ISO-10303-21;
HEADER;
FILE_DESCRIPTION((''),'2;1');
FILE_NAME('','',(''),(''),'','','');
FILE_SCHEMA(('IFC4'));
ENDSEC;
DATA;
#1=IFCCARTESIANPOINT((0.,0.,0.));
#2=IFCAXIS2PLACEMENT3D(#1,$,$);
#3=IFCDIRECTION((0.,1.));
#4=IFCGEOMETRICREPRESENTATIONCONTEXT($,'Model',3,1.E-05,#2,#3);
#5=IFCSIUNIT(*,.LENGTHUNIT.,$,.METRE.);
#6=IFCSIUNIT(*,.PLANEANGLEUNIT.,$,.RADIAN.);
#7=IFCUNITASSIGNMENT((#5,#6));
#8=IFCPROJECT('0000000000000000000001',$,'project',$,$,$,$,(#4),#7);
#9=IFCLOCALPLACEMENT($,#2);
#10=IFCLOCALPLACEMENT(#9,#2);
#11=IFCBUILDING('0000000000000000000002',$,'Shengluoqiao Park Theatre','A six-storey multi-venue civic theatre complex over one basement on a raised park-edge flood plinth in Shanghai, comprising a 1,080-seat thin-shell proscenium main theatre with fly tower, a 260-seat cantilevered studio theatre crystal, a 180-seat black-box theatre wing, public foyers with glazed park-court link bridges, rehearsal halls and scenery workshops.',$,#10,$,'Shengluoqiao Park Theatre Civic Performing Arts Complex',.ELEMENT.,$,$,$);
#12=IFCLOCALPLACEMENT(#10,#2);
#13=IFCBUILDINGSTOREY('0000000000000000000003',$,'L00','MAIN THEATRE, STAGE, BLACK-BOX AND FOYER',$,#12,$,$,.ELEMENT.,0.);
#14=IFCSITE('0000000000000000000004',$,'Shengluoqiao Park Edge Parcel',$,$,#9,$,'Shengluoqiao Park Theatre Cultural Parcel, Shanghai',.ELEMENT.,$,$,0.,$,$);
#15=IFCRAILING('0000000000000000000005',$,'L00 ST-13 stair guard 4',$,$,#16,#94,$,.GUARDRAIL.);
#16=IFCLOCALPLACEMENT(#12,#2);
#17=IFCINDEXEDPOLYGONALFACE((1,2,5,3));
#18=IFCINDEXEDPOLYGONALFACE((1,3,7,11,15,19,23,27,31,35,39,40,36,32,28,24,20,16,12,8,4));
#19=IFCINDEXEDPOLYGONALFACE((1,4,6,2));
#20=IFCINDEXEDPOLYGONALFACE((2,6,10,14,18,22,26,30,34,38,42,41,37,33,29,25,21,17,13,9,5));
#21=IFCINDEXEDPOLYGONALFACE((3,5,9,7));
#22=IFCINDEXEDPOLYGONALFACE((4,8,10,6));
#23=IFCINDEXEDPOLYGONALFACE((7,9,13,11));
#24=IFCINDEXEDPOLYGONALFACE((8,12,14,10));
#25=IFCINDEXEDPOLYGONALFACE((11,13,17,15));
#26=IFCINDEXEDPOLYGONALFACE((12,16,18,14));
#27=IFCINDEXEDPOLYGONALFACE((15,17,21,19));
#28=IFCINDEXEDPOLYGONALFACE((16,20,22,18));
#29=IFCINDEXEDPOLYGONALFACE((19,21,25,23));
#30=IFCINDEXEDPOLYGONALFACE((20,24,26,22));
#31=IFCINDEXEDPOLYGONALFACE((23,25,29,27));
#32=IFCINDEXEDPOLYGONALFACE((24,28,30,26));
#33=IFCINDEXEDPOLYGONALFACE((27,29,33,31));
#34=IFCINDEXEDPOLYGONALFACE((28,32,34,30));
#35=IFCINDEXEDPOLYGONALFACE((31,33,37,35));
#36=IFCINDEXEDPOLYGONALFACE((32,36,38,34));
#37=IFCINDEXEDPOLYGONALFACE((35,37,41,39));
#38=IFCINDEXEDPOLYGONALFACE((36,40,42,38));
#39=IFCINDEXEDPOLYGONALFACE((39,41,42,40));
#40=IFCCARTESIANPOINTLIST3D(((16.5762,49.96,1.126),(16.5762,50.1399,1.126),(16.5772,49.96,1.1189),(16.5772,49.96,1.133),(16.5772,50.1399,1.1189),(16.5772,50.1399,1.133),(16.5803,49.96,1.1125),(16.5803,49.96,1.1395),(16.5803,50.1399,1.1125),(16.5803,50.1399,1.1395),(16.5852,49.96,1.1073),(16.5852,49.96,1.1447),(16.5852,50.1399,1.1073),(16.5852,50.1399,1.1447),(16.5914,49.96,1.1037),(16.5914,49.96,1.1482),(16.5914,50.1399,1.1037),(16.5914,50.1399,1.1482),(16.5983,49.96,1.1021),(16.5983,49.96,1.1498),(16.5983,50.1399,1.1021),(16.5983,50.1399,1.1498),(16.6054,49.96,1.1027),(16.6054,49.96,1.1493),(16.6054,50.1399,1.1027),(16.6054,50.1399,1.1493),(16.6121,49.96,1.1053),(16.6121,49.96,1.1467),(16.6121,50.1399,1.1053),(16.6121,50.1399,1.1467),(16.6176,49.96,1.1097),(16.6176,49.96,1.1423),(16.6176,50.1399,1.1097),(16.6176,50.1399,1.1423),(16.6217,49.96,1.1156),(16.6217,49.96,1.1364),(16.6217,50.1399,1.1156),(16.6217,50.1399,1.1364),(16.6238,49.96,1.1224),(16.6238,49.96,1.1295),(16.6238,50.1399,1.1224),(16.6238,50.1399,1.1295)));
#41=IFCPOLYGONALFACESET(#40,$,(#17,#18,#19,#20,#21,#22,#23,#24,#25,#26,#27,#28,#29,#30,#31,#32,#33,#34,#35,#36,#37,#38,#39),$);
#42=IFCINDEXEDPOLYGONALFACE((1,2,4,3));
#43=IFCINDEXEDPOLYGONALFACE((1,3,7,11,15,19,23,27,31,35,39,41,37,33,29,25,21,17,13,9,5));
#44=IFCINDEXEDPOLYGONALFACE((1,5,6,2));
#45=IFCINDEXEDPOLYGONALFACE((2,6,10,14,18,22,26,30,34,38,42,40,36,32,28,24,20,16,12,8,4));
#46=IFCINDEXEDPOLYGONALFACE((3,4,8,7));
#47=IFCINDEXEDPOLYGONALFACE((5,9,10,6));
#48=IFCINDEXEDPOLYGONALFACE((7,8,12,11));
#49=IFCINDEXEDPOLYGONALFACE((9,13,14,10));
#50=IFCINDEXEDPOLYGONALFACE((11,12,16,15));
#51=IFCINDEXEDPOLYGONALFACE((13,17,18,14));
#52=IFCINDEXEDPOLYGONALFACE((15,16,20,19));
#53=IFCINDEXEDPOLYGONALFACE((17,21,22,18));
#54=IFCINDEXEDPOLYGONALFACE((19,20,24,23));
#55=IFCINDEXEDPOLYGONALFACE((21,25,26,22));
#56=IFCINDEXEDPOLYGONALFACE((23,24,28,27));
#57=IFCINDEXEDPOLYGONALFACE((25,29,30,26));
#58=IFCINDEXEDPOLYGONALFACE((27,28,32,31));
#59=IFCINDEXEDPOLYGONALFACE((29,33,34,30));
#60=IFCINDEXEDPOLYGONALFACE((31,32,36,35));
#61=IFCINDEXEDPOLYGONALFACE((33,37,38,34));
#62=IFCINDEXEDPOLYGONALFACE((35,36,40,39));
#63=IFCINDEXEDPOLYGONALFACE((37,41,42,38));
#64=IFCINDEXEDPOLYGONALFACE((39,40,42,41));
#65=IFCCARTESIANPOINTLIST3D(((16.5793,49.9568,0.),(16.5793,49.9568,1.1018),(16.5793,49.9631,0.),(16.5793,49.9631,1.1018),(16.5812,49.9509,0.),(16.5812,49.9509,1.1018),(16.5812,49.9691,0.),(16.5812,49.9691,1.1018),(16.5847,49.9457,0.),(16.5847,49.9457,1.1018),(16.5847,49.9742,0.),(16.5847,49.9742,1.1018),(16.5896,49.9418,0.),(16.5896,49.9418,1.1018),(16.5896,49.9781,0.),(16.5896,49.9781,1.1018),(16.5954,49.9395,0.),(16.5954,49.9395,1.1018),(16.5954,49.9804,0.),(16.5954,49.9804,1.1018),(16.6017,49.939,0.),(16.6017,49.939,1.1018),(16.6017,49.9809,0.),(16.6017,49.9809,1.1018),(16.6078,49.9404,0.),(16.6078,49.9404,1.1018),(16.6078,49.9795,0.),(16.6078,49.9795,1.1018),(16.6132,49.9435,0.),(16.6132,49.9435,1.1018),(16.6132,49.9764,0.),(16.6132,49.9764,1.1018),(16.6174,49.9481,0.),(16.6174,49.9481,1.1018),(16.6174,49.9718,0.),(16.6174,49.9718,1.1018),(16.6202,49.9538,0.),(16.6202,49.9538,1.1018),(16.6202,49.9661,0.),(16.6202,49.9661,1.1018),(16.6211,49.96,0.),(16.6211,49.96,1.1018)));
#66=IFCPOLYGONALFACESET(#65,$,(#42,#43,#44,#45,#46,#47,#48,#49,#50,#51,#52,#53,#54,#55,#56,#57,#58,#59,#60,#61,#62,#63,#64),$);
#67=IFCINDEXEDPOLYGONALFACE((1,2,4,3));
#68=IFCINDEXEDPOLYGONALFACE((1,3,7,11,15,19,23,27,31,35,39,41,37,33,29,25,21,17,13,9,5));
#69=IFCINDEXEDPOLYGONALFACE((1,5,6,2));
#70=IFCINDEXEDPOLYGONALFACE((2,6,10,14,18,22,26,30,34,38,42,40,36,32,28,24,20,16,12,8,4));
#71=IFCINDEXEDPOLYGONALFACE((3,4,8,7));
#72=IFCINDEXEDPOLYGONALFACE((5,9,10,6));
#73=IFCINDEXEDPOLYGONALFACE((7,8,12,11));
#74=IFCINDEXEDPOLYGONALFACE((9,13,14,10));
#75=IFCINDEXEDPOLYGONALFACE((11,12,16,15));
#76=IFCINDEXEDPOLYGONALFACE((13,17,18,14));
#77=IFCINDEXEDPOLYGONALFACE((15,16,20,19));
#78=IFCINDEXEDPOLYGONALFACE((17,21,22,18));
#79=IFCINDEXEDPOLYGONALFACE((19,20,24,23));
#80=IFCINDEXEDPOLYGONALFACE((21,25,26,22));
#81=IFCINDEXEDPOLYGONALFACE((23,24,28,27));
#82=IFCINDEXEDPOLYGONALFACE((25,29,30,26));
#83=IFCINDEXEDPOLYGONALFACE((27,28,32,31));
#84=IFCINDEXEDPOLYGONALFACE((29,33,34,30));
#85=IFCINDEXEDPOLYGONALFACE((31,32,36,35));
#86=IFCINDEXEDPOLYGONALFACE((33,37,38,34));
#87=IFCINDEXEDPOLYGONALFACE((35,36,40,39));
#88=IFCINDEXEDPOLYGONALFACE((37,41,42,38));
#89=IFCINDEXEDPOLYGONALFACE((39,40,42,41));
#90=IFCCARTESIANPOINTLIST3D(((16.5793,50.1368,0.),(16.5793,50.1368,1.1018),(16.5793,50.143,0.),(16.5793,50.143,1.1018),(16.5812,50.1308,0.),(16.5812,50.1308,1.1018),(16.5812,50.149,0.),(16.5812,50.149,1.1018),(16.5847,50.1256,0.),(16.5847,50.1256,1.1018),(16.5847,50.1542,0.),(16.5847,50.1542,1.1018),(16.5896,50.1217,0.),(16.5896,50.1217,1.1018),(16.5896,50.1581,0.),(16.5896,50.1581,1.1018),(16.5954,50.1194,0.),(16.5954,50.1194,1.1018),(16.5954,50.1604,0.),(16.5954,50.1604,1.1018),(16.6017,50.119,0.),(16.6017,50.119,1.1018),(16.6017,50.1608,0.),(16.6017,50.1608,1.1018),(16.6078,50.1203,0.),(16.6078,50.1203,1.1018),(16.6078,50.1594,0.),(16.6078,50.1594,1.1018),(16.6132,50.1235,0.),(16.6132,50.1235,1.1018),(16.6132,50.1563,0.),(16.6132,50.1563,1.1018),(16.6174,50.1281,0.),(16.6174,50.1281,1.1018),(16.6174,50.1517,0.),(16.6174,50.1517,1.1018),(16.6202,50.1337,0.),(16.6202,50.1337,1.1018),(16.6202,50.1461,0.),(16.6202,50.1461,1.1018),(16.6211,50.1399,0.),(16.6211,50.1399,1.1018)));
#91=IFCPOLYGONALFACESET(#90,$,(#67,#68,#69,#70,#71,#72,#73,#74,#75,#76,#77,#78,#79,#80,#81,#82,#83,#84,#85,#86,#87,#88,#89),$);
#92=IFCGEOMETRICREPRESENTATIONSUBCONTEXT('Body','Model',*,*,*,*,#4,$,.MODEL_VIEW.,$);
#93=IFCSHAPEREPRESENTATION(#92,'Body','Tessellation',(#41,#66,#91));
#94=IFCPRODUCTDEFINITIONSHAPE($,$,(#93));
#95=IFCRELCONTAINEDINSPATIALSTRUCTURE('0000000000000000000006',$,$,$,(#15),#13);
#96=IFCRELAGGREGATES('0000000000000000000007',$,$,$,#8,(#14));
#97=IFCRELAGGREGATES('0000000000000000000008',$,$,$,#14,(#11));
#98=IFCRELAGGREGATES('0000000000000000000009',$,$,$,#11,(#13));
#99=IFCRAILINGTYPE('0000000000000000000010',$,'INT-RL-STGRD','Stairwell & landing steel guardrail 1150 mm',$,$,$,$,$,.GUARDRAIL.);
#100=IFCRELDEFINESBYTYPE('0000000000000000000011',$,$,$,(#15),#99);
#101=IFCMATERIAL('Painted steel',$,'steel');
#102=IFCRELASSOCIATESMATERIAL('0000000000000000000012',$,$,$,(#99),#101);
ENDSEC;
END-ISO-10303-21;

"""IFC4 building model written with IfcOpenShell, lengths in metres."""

from ifc_helpers import new_model, si_unit, direction, frame, origin, origin_2d, place, context, subcontext, project, spatial, circle, extrude, material, type_object, element, save


model = new_model("IFC4")

# Units and contexts
model_context = context("Model", 3, precision=1e-05, world=origin(), true_north=direction((0.0, 1.0)))
body_context = subcontext(model_context, "Body", "Model", "MODEL_VIEW")
ifc_project = project(units=[si_unit("LENGTHUNIT", "METRE"), si_unit("PLANEANGLEUNIT", "RADIAN")], contexts=[model_context])

# Site, building, storey
site_placement = place(None, origin())
site = spatial("IfcSite", under=ifc_project, at=site_placement, Name="Shengluoqiao Park Edge Parcel", LongName="Shengluoqiao Park Theatre Cultural Parcel, Shanghai", CompositionType="ELEMENT", RefElevation=0.0)
building_placement = place(site_placement, origin())
building = spatial("IfcBuilding", under=site, at=building_placement, Name="Shengluoqiao Park Theatre", Description="A six-storey multi-venue civic theatre complex over one basement on a raised park-edge flood plinth in Shanghai, comprising a 1,080-seat thin-shell proscenium main theatre with fly tower, a 260-seat cantilevered studio theatre crystal, a 180-seat black-box theatre wing, public foyers with glazed park-court link bridges, rehearsal halls and scenery workshops.", LongName="Shengluoqiao Park Theatre Civic Performing Arts Complex", CompositionType="ELEMENT")
storey_placement = place(building_placement, origin())
storey = spatial("IfcBuildingStorey", under=building, at=storey_placement, Name="L00", Description="MAIN THEATRE, STAGE, BLACK-BOX AND FOYER", CompositionType="ELEMENT", Elevation=0.0)

# Railing
ifc_material_1 = material(Name="Painted steel", Category="steel")
railing_type_1 = type_object("IfcRailingType", Name="INT-RL-STGRD", Description="Stairwell & landing steel guardrail 1150 mm", PredefinedType="GUARDRAIL", material=ifc_material_1)
railing_1_placement = place(storey_placement, frame((16.6001, 49.96, 0.0)))
element("IfcRailing", 1, at=railing_1_placement, inside=storey, type_object=railing_type_1, Name="L00 ST-13 stair guard 4", PredefinedType="GUARDRAIL", context=body_context, shape_type="SweptSolid", body=[
    extrude(circle(Radius=0.0239, at=origin_2d()), frame((0.0, 0.0, 1.126), z_axis=(0.0, 1.0, 0.0), x_axis=(-1.0, 0.0, 0.0)), (0.0, 0.0, 1.0), 0.1799),
    extrude(circle(Radius=0.021, at=origin_2d()), origin(), (0.0, 0.0, 1.0), 1.1018),
    extrude(circle(Radius=0.021, at=origin_2d()), frame((0.0, 0.1799, 0.0)), (0.0, 0.0, 1.0), 1.1018),
])

save(model, "model.ifc")
